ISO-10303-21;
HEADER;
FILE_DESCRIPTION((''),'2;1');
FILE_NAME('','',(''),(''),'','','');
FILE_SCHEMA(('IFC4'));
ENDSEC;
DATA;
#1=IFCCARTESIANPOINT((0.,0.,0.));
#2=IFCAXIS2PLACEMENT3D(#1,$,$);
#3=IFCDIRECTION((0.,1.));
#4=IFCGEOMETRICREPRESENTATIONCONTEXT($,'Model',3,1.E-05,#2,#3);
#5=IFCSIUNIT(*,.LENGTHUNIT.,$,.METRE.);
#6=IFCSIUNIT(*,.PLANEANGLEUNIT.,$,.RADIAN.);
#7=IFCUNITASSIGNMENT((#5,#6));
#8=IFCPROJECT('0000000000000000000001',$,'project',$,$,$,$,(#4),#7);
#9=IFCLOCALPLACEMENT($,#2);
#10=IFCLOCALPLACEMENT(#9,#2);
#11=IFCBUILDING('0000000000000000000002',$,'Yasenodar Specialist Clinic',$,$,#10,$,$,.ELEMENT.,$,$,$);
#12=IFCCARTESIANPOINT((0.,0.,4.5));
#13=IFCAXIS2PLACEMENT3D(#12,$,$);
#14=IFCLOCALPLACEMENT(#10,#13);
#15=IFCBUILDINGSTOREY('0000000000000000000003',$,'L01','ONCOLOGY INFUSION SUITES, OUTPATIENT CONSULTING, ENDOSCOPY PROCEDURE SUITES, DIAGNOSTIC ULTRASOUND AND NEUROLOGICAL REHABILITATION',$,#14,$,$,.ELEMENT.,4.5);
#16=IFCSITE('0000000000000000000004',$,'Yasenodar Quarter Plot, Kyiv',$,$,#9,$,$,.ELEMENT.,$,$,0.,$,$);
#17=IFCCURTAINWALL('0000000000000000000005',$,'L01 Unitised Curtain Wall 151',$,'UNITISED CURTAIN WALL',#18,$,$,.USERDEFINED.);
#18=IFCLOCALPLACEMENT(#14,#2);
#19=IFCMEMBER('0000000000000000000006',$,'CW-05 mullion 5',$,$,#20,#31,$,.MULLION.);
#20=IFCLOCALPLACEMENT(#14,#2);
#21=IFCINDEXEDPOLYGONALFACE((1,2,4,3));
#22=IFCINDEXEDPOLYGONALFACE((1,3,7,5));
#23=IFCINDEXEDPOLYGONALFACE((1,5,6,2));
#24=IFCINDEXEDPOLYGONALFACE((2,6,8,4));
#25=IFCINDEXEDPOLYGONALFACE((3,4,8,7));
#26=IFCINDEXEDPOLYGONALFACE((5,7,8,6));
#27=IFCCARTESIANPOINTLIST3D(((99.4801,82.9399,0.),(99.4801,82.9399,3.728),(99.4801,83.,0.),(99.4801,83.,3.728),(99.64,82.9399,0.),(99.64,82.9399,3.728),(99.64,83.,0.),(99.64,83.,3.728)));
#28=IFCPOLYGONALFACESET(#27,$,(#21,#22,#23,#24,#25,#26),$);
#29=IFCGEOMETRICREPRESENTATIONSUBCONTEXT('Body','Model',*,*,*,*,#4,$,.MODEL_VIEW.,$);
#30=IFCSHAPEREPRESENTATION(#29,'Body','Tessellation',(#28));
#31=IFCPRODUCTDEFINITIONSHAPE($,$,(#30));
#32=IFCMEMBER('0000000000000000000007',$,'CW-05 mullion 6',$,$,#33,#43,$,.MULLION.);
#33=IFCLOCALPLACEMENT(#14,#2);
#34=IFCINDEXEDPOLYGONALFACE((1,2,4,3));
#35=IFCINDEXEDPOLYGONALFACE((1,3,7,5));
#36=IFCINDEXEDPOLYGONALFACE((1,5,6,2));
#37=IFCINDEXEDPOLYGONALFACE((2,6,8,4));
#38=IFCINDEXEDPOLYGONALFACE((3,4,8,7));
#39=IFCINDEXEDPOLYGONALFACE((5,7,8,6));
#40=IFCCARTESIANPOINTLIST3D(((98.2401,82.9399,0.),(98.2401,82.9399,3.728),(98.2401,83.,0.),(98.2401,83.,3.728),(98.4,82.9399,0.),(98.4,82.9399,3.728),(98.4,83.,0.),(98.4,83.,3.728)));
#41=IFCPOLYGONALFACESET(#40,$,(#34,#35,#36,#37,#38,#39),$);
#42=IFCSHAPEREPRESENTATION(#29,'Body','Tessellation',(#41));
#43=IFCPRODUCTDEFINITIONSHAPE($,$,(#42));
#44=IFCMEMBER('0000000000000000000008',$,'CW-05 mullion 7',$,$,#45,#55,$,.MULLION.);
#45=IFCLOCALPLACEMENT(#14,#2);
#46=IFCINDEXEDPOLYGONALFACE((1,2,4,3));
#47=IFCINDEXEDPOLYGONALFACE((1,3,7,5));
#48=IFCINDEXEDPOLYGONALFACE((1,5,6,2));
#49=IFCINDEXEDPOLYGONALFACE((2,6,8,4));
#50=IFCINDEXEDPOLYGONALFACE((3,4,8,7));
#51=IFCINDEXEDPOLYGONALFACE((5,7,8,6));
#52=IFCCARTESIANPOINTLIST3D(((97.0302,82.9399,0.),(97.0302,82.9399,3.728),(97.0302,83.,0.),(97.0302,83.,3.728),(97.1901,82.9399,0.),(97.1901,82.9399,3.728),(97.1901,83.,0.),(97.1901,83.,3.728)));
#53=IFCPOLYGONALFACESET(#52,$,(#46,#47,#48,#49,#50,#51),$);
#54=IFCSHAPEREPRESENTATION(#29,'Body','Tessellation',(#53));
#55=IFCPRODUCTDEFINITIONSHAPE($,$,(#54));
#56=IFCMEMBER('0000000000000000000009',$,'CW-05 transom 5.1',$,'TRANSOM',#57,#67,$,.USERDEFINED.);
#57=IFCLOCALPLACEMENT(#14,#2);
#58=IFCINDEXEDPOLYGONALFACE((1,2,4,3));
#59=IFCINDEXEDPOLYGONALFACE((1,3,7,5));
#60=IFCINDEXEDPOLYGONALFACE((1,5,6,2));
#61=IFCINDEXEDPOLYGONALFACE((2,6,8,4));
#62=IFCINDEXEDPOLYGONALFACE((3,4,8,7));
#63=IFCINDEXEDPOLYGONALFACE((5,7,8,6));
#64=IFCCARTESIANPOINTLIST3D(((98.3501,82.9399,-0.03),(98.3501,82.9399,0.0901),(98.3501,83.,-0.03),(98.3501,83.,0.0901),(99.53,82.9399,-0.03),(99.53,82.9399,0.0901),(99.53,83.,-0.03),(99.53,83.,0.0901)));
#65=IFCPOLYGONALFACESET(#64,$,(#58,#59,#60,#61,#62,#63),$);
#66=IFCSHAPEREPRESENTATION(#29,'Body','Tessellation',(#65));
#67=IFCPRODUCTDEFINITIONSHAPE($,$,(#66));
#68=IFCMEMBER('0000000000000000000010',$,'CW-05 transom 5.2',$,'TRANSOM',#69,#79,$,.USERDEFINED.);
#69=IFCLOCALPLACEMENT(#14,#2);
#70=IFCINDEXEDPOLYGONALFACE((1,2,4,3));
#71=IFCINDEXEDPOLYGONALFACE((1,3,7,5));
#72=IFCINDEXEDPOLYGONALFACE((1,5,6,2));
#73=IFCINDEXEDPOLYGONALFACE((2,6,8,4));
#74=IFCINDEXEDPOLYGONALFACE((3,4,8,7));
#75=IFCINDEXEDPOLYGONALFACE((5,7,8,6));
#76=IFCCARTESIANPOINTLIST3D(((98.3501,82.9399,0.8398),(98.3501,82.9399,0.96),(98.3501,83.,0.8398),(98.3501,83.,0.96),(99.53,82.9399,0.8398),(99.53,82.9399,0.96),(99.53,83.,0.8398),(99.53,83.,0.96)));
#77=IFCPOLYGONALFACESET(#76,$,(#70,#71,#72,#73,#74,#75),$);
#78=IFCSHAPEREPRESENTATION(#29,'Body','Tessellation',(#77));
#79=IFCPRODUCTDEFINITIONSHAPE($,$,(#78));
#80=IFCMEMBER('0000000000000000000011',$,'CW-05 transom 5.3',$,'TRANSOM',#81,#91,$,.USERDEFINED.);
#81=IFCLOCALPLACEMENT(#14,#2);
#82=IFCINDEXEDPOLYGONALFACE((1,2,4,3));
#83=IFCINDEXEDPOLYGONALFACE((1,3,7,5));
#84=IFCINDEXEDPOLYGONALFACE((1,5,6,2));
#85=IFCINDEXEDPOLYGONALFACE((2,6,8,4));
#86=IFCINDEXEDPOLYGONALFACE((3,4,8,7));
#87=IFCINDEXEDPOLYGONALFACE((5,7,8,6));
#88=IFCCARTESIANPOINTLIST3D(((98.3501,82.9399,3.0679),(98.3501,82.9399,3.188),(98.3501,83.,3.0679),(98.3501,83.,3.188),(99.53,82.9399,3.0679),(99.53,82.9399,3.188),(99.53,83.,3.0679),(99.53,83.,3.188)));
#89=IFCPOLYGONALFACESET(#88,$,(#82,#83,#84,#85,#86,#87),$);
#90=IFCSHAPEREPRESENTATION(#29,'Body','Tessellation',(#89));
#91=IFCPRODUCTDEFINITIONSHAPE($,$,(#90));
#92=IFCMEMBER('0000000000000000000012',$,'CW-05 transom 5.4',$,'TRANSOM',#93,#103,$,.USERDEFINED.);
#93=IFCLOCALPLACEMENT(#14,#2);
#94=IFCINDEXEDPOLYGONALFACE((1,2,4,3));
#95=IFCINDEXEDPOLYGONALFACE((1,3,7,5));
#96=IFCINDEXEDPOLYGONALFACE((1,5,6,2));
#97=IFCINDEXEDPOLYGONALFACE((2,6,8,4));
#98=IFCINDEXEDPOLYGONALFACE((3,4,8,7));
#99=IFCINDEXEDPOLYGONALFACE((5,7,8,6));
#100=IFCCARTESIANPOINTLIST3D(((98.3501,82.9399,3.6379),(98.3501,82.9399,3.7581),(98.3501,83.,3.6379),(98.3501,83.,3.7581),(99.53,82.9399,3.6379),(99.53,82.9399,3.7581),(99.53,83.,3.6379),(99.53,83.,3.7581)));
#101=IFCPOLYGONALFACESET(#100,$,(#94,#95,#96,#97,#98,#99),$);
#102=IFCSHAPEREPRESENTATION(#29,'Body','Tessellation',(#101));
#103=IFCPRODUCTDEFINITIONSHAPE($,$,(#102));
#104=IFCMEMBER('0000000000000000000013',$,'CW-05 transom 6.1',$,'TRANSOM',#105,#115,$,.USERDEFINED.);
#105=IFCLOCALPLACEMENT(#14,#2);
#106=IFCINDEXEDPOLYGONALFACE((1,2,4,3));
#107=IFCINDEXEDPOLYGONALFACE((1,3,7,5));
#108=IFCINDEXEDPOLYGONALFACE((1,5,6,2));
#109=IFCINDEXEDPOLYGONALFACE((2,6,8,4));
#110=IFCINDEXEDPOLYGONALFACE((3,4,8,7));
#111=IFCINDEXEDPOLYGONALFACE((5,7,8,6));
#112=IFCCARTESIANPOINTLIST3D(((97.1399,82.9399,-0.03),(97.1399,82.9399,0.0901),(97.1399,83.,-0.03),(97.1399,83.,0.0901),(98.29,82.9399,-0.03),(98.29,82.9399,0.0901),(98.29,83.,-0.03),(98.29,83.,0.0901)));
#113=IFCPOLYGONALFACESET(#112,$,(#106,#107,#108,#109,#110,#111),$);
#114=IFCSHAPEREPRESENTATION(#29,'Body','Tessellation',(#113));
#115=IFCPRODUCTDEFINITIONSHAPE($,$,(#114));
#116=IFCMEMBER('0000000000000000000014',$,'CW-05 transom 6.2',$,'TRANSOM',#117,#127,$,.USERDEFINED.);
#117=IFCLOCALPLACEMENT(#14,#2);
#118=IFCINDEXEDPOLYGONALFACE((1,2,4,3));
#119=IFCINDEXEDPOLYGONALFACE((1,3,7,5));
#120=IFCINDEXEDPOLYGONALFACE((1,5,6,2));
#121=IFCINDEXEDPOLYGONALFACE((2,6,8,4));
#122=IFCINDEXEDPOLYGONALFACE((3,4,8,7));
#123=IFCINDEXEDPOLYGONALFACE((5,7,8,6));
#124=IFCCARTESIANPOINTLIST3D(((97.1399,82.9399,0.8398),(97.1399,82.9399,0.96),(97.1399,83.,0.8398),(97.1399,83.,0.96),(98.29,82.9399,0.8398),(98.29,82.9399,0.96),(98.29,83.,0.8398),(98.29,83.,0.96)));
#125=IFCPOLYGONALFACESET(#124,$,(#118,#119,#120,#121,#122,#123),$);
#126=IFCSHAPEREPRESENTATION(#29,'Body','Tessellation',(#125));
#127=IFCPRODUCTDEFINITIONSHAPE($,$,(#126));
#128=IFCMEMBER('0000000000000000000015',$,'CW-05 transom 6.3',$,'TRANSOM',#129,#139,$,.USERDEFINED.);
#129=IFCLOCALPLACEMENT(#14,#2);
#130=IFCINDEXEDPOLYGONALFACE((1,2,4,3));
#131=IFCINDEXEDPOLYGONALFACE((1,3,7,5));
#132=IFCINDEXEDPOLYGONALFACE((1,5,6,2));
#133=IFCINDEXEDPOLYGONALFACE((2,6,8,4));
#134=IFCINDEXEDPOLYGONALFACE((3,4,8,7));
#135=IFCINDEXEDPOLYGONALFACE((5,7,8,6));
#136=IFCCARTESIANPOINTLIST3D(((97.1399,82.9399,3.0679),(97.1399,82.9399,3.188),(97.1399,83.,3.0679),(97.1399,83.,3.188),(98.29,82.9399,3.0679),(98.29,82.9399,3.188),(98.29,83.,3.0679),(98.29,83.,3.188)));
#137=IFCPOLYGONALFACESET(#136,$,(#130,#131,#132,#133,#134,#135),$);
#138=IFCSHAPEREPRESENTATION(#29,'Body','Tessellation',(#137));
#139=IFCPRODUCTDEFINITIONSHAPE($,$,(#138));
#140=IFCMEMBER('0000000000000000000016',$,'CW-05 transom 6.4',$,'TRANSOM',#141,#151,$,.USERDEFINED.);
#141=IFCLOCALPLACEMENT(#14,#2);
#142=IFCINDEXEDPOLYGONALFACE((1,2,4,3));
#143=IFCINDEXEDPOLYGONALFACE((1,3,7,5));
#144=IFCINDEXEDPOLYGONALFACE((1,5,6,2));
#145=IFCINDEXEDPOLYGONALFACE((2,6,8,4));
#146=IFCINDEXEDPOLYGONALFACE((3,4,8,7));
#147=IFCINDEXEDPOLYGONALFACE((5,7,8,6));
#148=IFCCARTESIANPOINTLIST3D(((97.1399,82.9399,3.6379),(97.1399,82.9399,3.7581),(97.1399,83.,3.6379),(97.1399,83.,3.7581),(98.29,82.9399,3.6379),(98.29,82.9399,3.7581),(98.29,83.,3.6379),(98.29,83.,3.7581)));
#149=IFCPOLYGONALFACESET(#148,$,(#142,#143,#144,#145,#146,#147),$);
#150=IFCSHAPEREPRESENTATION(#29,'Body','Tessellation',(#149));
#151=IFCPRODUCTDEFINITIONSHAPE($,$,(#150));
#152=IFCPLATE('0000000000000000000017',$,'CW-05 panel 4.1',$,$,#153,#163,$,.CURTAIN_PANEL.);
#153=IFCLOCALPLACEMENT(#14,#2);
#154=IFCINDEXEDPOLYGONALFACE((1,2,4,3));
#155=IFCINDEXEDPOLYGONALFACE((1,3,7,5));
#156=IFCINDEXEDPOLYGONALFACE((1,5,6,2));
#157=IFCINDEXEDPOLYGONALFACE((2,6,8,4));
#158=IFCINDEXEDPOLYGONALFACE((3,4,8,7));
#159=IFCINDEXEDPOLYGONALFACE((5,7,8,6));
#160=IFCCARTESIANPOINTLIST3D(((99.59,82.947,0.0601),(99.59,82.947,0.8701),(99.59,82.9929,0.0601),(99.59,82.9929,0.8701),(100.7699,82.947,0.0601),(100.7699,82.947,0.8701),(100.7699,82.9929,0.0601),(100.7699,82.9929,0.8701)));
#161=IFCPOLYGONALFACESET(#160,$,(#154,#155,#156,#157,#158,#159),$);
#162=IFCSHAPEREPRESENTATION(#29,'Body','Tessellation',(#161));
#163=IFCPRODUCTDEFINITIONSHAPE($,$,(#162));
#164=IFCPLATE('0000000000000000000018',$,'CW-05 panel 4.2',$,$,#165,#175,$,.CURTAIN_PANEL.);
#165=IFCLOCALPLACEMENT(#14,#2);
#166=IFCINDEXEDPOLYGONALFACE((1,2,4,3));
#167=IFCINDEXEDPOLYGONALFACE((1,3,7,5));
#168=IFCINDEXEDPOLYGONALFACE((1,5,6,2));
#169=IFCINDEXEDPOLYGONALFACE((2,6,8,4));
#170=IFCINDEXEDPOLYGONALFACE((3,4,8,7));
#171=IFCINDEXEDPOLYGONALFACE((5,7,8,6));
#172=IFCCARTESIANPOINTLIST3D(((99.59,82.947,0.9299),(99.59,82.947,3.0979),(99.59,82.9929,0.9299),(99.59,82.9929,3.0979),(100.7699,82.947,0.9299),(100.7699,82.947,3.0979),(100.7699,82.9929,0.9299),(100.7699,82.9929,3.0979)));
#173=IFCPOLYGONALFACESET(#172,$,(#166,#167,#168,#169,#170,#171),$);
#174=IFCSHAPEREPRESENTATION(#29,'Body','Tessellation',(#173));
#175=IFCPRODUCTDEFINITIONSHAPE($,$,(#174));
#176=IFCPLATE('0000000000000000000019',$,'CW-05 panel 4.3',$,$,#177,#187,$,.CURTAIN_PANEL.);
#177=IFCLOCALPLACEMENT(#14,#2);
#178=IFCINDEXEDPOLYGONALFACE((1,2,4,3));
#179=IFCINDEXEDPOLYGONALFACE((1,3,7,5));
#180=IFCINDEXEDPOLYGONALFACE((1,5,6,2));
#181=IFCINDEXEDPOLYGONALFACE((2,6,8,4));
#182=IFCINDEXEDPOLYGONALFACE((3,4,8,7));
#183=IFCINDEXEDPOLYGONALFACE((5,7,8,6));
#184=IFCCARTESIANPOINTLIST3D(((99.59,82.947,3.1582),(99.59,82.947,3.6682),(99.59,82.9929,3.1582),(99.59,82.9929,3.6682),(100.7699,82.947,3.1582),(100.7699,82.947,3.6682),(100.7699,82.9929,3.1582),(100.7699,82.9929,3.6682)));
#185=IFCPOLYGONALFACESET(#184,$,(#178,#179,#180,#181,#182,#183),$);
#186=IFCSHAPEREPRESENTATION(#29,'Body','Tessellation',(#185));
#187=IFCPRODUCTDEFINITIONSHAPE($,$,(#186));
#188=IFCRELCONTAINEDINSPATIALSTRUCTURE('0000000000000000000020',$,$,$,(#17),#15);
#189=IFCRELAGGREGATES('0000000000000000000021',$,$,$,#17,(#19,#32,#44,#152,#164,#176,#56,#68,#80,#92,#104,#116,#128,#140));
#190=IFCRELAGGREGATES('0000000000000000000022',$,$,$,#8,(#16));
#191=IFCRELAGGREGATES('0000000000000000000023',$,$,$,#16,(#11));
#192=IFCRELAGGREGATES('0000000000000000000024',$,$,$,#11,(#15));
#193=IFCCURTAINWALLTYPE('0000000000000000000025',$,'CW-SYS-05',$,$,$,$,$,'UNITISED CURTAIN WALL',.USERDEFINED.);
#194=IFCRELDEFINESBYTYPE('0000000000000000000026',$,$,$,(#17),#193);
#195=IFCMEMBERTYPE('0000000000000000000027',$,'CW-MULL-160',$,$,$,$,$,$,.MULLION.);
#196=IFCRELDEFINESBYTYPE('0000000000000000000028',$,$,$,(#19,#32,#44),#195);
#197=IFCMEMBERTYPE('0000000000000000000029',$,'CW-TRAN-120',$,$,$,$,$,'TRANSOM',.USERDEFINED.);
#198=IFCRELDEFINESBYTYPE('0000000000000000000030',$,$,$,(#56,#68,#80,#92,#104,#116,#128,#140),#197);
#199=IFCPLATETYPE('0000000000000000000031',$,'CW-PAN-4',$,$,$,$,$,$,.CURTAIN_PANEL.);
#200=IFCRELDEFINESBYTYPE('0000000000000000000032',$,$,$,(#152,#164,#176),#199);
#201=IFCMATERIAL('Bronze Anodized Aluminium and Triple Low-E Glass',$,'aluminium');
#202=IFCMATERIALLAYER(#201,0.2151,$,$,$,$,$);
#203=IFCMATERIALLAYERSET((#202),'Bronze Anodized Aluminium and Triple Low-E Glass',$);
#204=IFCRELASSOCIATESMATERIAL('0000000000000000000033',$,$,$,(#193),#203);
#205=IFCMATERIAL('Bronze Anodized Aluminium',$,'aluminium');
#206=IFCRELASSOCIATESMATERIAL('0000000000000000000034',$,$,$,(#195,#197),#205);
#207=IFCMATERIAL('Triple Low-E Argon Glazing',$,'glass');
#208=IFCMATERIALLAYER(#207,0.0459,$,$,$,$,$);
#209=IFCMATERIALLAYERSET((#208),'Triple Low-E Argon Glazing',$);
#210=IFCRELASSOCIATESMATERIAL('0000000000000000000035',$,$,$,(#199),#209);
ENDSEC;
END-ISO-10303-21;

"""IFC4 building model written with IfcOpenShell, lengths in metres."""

from ifc_helpers import new_model, si_unit, direction, frame, origin, origin_2d, place, context, subcontext, project, spatial, rectangle, extrude, material, layer, layer_set, material_profile, profile_set, type_object, element, aggregate, save


model = new_model("IFC4")

# Units and contexts
model_context = context("Model", 3, precision=1e-05, world=origin(), true_north=direction((0.0, 1.0)))
body_context = subcontext(model_context, "Body", "Model", "MODEL_VIEW")
ifc_project = project(units=[si_unit("LENGTHUNIT", "METRE"), si_unit("PLANEANGLEUNIT", "RADIAN")], contexts=[model_context])

# Site, building, storey
site_placement = place(None, origin())
site = spatial("IfcSite", under=ifc_project, at=site_placement, Name="Yasenodar Quarter Plot, Kyiv", CompositionType="ELEMENT", RefElevation=0.0)
building_placement = place(site_placement, origin())
building = spatial("IfcBuilding", under=site, at=building_placement, Name="Yasenodar Specialist Clinic", CompositionType="ELEMENT")
storey_placement = place(building_placement, frame((0.0, 0.0, 4.5)))
storey = spatial("IfcBuildingStorey", under=building, at=storey_placement, Name="L01", Description="ONCOLOGY INFUSION SUITES, OUTPATIENT CONSULTING, ENDOSCOPY PROCEDURE SUITES, DIAGNOSTIC ULTRASOUND AND NEUROLOGICAL REHABILITATION", CompositionType="ELEMENT", Elevation=4.5)

# Curtain wall, members, plates
ifc_material_1 = material(Name="Bronze Anodized Aluminium and Triple Low-E Glass", Category="aluminium")
ifc_layer_1 = layer(ifc_material_1, 0.2151)
ifc_layer_set_1 = layer_set([ifc_layer_1], Name="Bronze Anodized Aluminium and Triple Low-E Glass")
curtain_wall_type = type_object("IfcCurtainWallType", Name="CW-SYS-05", ElementType="UNITISED CURTAIN WALL", PredefinedType="USERDEFINED", material=ifc_layer_set_1)
curtain_wall_placement = place(storey_placement, origin())
curtain_wall = element("IfcCurtainWall", 1, at=curtain_wall_placement, inside=storey, type_object=curtain_wall_type, Name="L01 Unitised Curtain Wall 151", ObjectType="UNITISED CURTAIN WALL", PredefinedType="USERDEFINED")
ifc_material_2 = material(Name="Bronze Anodized Aluminium", Category="aluminium")
ifc_material_profile_1 = material_profile(ifc_material_2, rectangle(XDim=0.0601, YDim=0.1599, at=origin_2d()), Name="CW-MULL 60x160")
ifc_profile_set_1 = profile_set([ifc_material_profile_1], Name="Bronze Anodized Aluminium")
member_type_1 = type_object("IfcMemberType", Name="CW-MULL-160", PredefinedType="MULLION", material=ifc_profile_set_1)
member_1_placement = place(storey_placement, frame((99.5601, 82.97, 0.0), z_axis=(0.0, 0.0, 1.0), x_axis=(0.0, -1.0, 0.0)))
member_1 = element("IfcMember", 2, at=member_1_placement, type_object=member_type_1, Name="CW-05 mullion 5", PredefinedType="MULLION", context=body_context, shape_type="SweptSolid", body=[
    extrude(rectangle(XDim=0.0601, YDim=0.1599, at=origin_2d()), origin(), (0.0, 0.0, 1.0), 3.728),
])
member_2_placement = place(storey_placement, frame((98.3201, 82.97, 0.0), z_axis=(0.0, 0.0, 1.0), x_axis=(0.0, -1.0, 0.0)))
member_2 = element("IfcMember", 3, at=member_2_placement, type_object=member_type_1, Name="CW-05 mullion 6", PredefinedType="MULLION", context=body_context, shape_type="SweptSolid", body=[
    extrude(rectangle(XDim=0.0601, YDim=0.1599, at=origin_2d()), origin(), (0.0, 0.0, 1.0), 3.728),
])
member_3_placement = place(storey_placement, frame((97.1101, 82.97, 0.0), z_axis=(0.0, 0.0, 1.0), x_axis=(0.0, -1.0, 0.0)))
member_3 = element("IfcMember", 4, at=member_3_placement, type_object=member_type_1, Name="CW-05 mullion 7", PredefinedType="MULLION", context=body_context, shape_type="SweptSolid", body=[
    extrude(rectangle(XDim=0.0601, YDim=0.1599, at=origin_2d()), origin(), (0.0, 0.0, 1.0), 3.728),
])
ifc_material_profile_2 = material_profile(ifc_material_2, rectangle(XDim=0.0601, YDim=0.1201, at=origin_2d()), Name="CW-TRAN 60x120")
ifc_profile_set_2 = profile_set([ifc_material_profile_2], Name="Bronze Anodized Aluminium")
member_type_2 = type_object("IfcMemberType", Name="CW-TRAN-120", ElementType="TRANSOM", PredefinedType="USERDEFINED", material=ifc_profile_set_2)
member_4_placement = place(storey_placement, frame((99.53, 82.97, 0.03), z_axis=(-1.0, 0.0, 0.0), x_axis=(0.0, -1.0, 0.0)))
member_4 = element("IfcMember", 5, at=member_4_placement, type_object=member_type_2, Name="CW-05 transom 5.1", ObjectType="TRANSOM", PredefinedType="USERDEFINED", context=body_context, shape_type="SweptSolid", body=[
    extrude(rectangle(XDim=0.0601, YDim=0.1201, at=origin_2d()), origin(), (0.0, 0.0, 1.0), 1.1799),
])
member_5_placement = place(storey_placement, frame((99.53, 82.97, 0.8999), z_axis=(-1.0, 0.0, 0.0), x_axis=(0.0, -1.0, 0.0)))
member_5 = element("IfcMember", 6, at=member_5_placement, type_object=member_type_2, Name="CW-05 transom 5.2", ObjectType="TRANSOM", PredefinedType="USERDEFINED", context=body_context, shape_type="SweptSolid", body=[
    extrude(rectangle(XDim=0.0601, YDim=0.1201, at=origin_2d()), origin(), (0.0, 0.0, 1.0), 1.1799),
])
member_6_placement = place(storey_placement, frame((99.53, 82.97, 3.1279), z_axis=(-1.0, 0.0, 0.0), x_axis=(0.0, -1.0, 0.0)))
member_6 = element("IfcMember", 7, at=member_6_placement, type_object=member_type_2, Name="CW-05 transom 5.3", ObjectType="TRANSOM", PredefinedType="USERDEFINED", context=body_context, shape_type="SweptSolid", body=[
    extrude(rectangle(XDim=0.0601, YDim=0.1201, at=origin_2d()), origin(), (0.0, 0.0, 1.0), 1.1799),
])
member_7_placement = place(storey_placement, frame((99.53, 82.97, 3.698), z_axis=(-1.0, 0.0, 0.0), x_axis=(0.0, -1.0, 0.0)))
member_7 = element("IfcMember", 8, at=member_7_placement, type_object=member_type_2, Name="CW-05 transom 5.4", ObjectType="TRANSOM", PredefinedType="USERDEFINED", context=body_context, shape_type="SweptSolid", body=[
    extrude(rectangle(XDim=0.0601, YDim=0.1201, at=origin_2d()), origin(), (0.0, 0.0, 1.0), 1.1799),
])
member_8_placement = place(storey_placement, frame((98.29, 82.97, 0.03), z_axis=(-1.0, 0.0, 0.0), x_axis=(0.0, -1.0, 0.0)))
member_8 = element("IfcMember", 9, at=member_8_placement, type_object=member_type_2, Name="CW-05 transom 6.1", ObjectType="TRANSOM", PredefinedType="USERDEFINED", context=body_context, shape_type="SweptSolid", body=[
    extrude(rectangle(XDim=0.0601, YDim=0.1201, at=origin_2d()), origin(), (0.0, 0.0, 1.0), 1.1501),
])
member_9_placement = place(storey_placement, frame((98.29, 82.97, 0.8999), z_axis=(-1.0, 0.0, 0.0), x_axis=(0.0, -1.0, 0.0)))
member_9 = element("IfcMember", 10, at=member_9_placement, type_object=member_type_2, Name="CW-05 transom 6.2", ObjectType="TRANSOM", PredefinedType="USERDEFINED", context=body_context, shape_type="SweptSolid", body=[
    extrude(rectangle(XDim=0.0601, YDim=0.1201, at=origin_2d()), origin(), (0.0, 0.0, 1.0), 1.1501),
])
member_10_placement = place(storey_placement, frame((98.29, 82.97, 3.1279), z_axis=(-1.0, 0.0, 0.0), x_axis=(0.0, -1.0, 0.0)))
member_10 = element("IfcMember", 11, at=member_10_placement, type_object=member_type_2, Name="CW-05 transom 6.3", ObjectType="TRANSOM", PredefinedType="USERDEFINED", context=body_context, shape_type="SweptSolid", body=[
    extrude(rectangle(XDim=0.0601, YDim=0.1201, at=origin_2d()), origin(), (0.0, 0.0, 1.0), 1.1501),
])
member_11_placement = place(storey_placement, frame((98.29, 82.97, 3.698), z_axis=(-1.0, 0.0, 0.0), x_axis=(0.0, -1.0, 0.0)))
member_11 = element("IfcMember", 12, at=member_11_placement, type_object=member_type_2, Name="CW-05 transom 6.4", ObjectType="TRANSOM", PredefinedType="USERDEFINED", context=body_context, shape_type="SweptSolid", body=[
    extrude(rectangle(XDim=0.0601, YDim=0.1201, at=origin_2d()), origin(), (0.0, 0.0, 1.0), 1.1501),
])
ifc_material_3 = material(Name="Triple Low-E Argon Glazing", Category="glass")
ifc_layer_2 = layer(ifc_material_3, 0.0459)
ifc_layer_set_2 = layer_set([ifc_layer_2], Name="Triple Low-E Argon Glazing")
plate_type_1 = type_object("IfcPlateType", Name="CW-PAN-4", PredefinedType="CURTAIN_PANEL", material=ifc_layer_set_2)
plate_1_placement = place(storey_placement, frame((100.1799, 82.97, 0.0601), z_axis=(0.0, 0.0, 1.0), x_axis=(-1.0, 0.0, 0.0)))
plate_1 = element("IfcPlate", 13, at=plate_1_placement, type_object=plate_type_1, Name="CW-05 panel 4.1", PredefinedType="CURTAIN_PANEL", context=body_context, shape_type="SweptSolid", body=[
    extrude(rectangle(XDim=1.1799, YDim=0.0459, at=origin_2d()), origin(), (0.0, 0.0, 1.0), 0.8101),
])
plate_2_placement = place(storey_placement, frame((100.1799, 82.97, 0.9299), z_axis=(0.0, 0.0, 1.0), x_axis=(-1.0, 0.0, 0.0)))
plate_2 = element("IfcPlate", 14, at=plate_2_placement, type_object=plate_type_1, Name="CW-05 panel 4.2", PredefinedType="CURTAIN_PANEL", context=body_context, shape_type="SweptSolid", body=[
    extrude(rectangle(XDim=1.1799, YDim=0.0459, at=origin_2d()), origin(), (0.0, 0.0, 1.0), 2.168),
])
plate_3_placement = place(storey_placement, frame((100.1799, 82.97, 3.1582), z_axis=(0.0, 0.0, 1.0), x_axis=(-1.0, 0.0, 0.0)))
plate_3 = element("IfcPlate", 15, at=plate_3_placement, type_object=plate_type_1, Name="CW-05 panel 4.3", PredefinedType="CURTAIN_PANEL", context=body_context, shape_type="SweptSolid", body=[
    extrude(rectangle(XDim=1.1799, YDim=0.0459, at=origin_2d()), origin(), (0.0, 0.0, 1.0), 0.51),
])
aggregate(curtain_wall, [member_1, member_2, member_3, plate_1, plate_2, plate_3, member_4, member_5, member_6, member_7, member_8, member_9, member_10, member_11])

save(model, "model.ifc")
